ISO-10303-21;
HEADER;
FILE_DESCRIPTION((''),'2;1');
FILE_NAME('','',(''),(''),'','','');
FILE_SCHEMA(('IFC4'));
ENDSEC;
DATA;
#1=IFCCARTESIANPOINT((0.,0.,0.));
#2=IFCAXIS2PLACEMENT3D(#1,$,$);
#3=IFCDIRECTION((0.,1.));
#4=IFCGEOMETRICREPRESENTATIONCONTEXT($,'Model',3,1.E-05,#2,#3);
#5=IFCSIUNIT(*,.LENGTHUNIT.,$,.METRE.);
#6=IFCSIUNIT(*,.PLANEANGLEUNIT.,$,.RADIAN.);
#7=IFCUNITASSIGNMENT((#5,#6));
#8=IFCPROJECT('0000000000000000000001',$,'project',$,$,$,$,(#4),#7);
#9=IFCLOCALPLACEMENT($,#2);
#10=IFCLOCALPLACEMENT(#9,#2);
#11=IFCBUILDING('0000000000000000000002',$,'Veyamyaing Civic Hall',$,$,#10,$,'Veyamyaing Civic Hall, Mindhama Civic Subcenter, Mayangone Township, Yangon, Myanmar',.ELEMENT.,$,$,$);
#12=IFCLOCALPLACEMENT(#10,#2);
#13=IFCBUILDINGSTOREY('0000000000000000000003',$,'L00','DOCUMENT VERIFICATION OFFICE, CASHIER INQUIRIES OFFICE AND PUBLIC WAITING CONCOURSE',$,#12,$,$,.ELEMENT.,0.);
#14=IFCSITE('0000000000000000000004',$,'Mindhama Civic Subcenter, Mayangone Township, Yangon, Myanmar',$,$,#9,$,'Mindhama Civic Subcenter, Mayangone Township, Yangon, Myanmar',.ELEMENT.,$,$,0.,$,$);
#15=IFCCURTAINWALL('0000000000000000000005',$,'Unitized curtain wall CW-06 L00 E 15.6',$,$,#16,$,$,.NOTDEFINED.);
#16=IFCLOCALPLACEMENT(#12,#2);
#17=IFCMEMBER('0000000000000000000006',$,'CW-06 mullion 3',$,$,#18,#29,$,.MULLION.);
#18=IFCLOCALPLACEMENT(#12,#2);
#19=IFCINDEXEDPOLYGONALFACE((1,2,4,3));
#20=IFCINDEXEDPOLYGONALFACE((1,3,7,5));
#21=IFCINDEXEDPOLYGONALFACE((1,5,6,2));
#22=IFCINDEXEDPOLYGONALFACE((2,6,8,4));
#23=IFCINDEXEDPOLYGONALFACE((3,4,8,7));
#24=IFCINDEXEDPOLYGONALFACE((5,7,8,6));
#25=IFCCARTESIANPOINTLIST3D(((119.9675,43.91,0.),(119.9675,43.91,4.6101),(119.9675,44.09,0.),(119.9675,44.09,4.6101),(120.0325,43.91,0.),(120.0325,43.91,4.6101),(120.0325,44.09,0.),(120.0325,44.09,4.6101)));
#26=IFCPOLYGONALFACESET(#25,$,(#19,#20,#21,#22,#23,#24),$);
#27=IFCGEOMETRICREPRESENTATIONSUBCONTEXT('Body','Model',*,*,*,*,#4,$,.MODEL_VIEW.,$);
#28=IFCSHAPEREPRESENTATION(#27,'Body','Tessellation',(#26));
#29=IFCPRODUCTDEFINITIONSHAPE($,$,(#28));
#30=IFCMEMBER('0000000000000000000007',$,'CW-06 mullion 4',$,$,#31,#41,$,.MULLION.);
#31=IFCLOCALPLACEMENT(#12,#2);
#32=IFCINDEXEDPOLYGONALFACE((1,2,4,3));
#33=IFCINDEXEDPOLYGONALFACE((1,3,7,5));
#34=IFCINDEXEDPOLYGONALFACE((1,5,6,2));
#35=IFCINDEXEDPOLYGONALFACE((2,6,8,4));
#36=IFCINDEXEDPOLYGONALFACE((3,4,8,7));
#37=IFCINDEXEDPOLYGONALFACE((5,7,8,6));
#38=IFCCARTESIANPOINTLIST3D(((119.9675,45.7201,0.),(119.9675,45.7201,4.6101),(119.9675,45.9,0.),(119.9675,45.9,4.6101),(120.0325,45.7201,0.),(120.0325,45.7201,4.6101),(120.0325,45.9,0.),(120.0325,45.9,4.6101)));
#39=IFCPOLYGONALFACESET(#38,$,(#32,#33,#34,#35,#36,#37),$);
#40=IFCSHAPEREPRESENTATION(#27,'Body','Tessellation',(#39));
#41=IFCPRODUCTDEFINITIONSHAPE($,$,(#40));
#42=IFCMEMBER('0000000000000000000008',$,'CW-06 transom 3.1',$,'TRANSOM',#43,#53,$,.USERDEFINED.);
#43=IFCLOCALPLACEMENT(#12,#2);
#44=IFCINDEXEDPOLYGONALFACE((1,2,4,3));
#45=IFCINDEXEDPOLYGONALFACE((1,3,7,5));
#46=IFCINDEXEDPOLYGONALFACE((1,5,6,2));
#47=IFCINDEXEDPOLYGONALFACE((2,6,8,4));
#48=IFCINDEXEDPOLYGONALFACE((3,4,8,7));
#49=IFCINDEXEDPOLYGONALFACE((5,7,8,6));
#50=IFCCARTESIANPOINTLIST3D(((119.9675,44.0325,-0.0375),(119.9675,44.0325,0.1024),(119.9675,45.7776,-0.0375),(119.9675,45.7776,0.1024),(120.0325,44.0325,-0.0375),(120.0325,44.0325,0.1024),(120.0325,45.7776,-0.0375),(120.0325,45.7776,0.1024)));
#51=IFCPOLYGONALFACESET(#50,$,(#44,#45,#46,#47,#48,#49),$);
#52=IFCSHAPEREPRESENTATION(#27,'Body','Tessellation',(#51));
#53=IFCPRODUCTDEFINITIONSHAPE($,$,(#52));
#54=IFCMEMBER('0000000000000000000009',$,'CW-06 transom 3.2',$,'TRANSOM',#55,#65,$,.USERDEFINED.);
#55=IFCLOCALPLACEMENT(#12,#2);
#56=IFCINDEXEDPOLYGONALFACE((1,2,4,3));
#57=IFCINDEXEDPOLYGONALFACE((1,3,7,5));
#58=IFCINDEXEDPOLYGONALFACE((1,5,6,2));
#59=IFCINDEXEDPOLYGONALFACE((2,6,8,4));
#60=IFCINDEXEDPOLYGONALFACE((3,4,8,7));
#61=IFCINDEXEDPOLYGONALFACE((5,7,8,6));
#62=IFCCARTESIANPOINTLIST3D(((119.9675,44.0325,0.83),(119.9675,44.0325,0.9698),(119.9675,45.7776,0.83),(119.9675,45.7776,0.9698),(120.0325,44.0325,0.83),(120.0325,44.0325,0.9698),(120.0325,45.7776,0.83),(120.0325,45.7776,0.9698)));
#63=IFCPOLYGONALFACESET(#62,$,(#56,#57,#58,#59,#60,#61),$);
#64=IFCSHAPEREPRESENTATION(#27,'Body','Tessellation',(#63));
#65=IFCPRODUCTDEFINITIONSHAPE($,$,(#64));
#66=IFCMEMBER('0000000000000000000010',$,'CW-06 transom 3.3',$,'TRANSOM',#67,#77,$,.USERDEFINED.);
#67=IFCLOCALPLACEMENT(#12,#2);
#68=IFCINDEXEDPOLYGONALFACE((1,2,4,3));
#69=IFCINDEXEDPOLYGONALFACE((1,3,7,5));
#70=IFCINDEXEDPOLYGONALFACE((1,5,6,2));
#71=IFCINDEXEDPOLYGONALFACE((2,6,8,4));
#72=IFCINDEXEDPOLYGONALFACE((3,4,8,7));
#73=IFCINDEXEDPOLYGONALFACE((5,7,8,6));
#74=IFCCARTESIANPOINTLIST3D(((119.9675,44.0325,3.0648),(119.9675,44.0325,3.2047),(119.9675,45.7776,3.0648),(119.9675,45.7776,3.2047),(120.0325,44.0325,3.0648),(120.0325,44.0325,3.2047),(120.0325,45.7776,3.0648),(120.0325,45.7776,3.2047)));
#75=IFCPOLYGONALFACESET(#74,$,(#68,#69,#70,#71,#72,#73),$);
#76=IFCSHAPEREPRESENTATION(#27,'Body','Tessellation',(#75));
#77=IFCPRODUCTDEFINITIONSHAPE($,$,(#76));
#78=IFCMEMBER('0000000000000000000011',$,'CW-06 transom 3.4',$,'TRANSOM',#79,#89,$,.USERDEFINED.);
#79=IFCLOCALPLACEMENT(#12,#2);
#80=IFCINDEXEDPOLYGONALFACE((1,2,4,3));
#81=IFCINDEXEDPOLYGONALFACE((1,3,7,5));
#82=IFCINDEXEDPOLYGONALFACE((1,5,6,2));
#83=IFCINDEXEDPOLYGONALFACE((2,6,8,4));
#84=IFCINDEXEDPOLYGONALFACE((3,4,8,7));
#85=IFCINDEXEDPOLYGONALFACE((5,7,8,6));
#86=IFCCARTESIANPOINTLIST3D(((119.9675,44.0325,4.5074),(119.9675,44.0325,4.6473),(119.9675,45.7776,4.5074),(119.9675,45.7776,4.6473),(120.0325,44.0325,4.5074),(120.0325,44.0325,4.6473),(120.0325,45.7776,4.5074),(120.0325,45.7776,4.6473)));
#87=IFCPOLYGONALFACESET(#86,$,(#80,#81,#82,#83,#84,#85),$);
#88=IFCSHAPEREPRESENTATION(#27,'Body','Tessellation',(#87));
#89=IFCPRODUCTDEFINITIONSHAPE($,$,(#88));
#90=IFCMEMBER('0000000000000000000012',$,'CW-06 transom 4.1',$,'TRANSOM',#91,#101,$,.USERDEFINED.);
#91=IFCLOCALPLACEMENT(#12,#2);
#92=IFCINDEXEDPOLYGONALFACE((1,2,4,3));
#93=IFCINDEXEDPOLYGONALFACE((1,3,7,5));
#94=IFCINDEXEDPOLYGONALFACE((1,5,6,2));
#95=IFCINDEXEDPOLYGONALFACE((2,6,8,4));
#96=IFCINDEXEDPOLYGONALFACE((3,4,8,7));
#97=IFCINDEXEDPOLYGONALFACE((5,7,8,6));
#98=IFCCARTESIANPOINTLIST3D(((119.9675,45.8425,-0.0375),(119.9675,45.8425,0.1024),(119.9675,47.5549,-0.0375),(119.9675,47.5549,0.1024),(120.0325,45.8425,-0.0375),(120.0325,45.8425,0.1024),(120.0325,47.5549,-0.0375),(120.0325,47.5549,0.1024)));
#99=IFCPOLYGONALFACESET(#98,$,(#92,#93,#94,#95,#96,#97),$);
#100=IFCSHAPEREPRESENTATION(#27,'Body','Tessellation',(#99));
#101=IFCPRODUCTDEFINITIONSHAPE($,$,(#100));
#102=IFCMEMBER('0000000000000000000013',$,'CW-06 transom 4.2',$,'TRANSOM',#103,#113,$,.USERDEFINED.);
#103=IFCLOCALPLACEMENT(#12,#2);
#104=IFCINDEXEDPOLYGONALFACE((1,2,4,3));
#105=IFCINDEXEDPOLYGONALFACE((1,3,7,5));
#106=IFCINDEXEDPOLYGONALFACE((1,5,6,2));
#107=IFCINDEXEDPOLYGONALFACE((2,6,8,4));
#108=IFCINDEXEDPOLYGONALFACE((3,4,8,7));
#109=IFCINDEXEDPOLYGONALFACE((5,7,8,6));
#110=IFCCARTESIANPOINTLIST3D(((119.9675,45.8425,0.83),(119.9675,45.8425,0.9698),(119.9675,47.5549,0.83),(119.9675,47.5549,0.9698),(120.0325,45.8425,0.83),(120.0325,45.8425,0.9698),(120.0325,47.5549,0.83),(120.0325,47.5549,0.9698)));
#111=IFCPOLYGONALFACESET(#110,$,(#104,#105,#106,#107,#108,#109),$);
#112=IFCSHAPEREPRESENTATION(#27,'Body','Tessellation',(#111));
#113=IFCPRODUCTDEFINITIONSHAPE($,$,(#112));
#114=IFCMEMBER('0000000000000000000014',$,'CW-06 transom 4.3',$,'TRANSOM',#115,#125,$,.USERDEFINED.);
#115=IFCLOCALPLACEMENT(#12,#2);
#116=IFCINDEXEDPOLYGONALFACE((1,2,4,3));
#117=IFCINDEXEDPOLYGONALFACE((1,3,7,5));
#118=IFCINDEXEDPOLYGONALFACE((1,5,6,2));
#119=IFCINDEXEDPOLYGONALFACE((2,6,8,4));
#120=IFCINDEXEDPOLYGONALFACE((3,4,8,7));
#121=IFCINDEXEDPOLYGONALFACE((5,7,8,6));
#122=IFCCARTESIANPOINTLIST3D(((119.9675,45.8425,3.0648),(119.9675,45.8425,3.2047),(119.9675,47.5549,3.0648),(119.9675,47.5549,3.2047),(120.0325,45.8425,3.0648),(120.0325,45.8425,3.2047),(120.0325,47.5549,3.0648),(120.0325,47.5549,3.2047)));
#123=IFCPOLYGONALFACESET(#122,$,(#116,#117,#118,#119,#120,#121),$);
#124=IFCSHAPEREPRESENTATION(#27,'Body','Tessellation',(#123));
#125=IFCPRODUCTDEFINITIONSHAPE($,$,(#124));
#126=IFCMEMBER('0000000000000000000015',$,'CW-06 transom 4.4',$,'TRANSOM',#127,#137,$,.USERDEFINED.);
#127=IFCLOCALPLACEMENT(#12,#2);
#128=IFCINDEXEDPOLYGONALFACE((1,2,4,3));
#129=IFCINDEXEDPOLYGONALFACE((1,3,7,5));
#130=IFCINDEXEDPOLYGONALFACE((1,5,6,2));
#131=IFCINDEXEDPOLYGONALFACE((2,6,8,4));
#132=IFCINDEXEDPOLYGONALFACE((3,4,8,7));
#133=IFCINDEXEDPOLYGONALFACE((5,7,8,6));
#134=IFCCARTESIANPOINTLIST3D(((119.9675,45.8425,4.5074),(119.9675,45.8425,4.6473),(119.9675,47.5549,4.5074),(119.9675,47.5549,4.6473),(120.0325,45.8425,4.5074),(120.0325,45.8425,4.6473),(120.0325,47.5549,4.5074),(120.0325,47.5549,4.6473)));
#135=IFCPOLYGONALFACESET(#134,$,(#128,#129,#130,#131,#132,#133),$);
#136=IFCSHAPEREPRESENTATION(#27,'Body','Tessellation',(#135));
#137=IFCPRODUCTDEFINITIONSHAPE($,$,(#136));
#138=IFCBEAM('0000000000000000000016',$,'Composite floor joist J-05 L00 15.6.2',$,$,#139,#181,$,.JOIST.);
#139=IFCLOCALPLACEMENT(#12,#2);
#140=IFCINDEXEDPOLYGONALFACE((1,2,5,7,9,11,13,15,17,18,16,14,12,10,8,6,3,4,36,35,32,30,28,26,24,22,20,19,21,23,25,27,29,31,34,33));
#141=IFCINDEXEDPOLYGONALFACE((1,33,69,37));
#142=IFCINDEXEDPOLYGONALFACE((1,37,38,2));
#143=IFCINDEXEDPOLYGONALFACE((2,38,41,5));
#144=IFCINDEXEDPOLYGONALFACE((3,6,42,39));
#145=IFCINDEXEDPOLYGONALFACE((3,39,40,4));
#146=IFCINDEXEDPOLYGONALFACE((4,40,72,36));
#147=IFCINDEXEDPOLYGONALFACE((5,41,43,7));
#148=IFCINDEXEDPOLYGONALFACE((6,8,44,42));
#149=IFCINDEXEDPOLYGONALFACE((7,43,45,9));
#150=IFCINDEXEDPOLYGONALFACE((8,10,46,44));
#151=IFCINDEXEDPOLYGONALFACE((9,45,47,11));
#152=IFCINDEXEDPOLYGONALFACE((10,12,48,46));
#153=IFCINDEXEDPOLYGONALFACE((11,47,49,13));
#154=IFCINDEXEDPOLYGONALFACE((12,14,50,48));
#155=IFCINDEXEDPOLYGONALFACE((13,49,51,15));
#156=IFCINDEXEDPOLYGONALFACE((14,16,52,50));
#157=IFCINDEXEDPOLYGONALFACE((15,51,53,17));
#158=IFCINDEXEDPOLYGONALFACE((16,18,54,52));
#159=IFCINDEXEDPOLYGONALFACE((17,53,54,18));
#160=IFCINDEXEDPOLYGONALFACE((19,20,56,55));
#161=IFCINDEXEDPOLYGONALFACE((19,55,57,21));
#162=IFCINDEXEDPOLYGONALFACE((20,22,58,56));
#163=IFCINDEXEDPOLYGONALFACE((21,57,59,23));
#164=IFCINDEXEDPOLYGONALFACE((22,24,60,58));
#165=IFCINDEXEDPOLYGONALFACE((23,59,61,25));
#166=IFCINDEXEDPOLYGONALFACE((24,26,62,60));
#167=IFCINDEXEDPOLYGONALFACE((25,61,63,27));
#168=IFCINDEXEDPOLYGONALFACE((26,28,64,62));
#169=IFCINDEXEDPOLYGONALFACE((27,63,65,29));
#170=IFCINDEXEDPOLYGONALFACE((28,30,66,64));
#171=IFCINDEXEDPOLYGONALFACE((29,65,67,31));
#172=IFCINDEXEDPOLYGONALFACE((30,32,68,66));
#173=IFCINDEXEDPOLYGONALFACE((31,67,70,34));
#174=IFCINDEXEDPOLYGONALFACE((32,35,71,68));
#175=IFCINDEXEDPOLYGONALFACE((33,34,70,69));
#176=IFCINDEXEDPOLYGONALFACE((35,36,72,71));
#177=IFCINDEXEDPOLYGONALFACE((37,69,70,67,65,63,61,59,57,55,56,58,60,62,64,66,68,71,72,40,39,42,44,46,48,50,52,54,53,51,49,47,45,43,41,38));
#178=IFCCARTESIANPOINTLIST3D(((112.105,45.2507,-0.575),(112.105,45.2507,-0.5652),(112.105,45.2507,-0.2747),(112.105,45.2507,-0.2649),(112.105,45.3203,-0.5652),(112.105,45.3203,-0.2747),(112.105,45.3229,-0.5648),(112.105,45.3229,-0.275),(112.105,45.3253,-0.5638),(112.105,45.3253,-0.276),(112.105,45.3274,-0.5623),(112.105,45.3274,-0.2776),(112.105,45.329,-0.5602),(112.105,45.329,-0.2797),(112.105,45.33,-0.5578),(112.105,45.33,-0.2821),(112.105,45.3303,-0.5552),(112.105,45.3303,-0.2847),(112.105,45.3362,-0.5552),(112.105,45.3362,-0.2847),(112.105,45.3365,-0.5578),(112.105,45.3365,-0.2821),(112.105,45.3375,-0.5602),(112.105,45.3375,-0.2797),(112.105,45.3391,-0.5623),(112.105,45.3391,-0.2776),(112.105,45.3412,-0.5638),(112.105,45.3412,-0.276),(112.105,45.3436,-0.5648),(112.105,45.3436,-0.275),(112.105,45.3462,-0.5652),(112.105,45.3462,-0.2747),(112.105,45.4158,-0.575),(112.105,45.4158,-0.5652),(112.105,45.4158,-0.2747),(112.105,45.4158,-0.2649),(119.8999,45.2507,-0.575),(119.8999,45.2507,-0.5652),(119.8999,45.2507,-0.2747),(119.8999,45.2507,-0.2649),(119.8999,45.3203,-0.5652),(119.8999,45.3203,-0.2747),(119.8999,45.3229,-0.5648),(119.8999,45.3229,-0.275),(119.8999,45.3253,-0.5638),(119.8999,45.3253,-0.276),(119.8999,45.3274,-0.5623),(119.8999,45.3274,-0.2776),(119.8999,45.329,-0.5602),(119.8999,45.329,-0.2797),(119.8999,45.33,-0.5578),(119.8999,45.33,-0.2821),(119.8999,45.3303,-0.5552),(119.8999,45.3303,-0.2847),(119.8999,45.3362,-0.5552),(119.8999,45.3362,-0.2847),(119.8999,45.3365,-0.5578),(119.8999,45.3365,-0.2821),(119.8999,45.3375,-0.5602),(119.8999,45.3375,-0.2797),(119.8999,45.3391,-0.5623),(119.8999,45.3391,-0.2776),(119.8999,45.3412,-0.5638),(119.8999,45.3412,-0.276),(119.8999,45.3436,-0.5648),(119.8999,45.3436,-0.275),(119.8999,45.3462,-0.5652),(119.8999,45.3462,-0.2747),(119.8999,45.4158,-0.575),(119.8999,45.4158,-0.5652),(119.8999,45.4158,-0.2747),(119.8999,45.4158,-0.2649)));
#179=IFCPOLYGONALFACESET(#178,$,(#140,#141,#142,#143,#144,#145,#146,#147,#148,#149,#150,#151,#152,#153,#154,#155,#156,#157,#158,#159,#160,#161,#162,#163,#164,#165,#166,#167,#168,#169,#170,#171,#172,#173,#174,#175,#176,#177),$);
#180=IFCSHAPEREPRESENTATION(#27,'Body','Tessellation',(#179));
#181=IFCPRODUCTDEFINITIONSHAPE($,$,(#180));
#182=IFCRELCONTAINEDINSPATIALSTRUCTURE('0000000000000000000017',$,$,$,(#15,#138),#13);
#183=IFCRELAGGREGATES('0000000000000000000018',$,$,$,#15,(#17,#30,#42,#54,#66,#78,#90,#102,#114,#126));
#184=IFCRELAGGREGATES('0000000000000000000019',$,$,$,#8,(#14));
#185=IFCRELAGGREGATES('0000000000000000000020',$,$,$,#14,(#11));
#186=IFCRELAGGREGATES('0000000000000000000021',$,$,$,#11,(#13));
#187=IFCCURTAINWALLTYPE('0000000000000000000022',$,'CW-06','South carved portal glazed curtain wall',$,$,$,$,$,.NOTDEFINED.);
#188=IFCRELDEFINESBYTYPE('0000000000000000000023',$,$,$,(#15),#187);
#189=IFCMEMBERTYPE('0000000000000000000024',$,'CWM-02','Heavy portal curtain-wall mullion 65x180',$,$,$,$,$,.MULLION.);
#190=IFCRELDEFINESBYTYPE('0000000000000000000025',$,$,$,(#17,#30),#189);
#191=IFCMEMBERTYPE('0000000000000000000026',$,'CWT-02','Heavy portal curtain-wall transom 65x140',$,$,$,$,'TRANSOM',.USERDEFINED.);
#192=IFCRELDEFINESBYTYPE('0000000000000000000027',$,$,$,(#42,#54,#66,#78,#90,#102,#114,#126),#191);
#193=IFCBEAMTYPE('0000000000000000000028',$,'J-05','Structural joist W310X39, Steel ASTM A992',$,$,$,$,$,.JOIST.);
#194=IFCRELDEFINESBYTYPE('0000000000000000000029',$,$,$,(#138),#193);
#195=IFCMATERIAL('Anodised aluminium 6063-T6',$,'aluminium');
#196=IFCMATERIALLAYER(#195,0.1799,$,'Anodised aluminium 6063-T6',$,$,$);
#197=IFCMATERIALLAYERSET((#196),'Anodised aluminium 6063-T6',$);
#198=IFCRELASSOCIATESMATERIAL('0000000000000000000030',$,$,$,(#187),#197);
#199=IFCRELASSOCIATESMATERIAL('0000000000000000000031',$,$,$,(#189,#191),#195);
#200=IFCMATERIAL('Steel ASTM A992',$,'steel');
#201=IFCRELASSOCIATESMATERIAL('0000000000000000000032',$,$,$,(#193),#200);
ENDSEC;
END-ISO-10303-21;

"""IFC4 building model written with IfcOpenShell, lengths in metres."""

from ifc_helpers import new_model, si_unit, direction, frame, origin, origin_2d, place, context, subcontext, project, spatial, rectangle, i_section, extrude, material, layer, layer_set, material_profile, profile_set, type_object, element, aggregate, save


model = new_model("IFC4")

# Units and contexts
model_context = context("Model", 3, precision=1e-05, world=origin(), true_north=direction((0.0, 1.0)))
body_context = subcontext(model_context, "Body", "Model", "MODEL_VIEW")
ifc_project = project(units=[si_unit("LENGTHUNIT", "METRE"), si_unit("PLANEANGLEUNIT", "RADIAN")], contexts=[model_context])

# Site, building, storey
site_placement = place(None, origin())
site = spatial("IfcSite", under=ifc_project, at=site_placement, Name="Mindhama Civic Subcenter, Mayangone Township, Yangon, Myanmar", LongName="Mindhama Civic Subcenter, Mayangone Township, Yangon, Myanmar", CompositionType="ELEMENT", RefElevation=0.0)
building_placement = place(site_placement, origin())
building = spatial("IfcBuilding", under=site, at=building_placement, Name="Veyamyaing Civic Hall", LongName="Veyamyaing Civic Hall, Mindhama Civic Subcenter, Mayangone Township, Yangon, Myanmar", CompositionType="ELEMENT")
storey_placement = place(building_placement, origin())
storey = spatial("IfcBuildingStorey", under=building, at=storey_placement, Name="L00", Description="DOCUMENT VERIFICATION OFFICE, CASHIER INQUIRIES OFFICE AND PUBLIC WAITING CONCOURSE", CompositionType="ELEMENT", Elevation=0.0)

# Curtain wall, members
ifc_material_1 = material(Name="Anodised aluminium 6063-T6", Category="aluminium")
ifc_layer_1 = layer(ifc_material_1, 0.1799, Name="Anodised aluminium 6063-T6")
ifc_layer_set_1 = layer_set([ifc_layer_1], Name="Anodised aluminium 6063-T6")
curtain_wall_type = type_object("IfcCurtainWallType", Name="CW-06", Description="South carved portal glazed curtain wall", PredefinedType="NOTDEFINED", material=ifc_layer_set_1)
curtain_wall_placement = place(storey_placement, origin())
curtain_wall = element("IfcCurtainWall", 1, at=curtain_wall_placement, inside=storey, type_object=curtain_wall_type, Name="Unitized curtain wall CW-06 L00 E 15.6", PredefinedType="NOTDEFINED")
ifc_material_profile_1 = material_profile(ifc_material_1, rectangle(XDim=0.0649, YDim=0.1799, at=origin_2d()), Name="ALU-MUL-65X180")
ifc_profile_set_1 = profile_set([ifc_material_profile_1], Name="Anodised aluminium 6063-T6")
member_type_1 = type_object("IfcMemberType", Name="CWM-02", Description="Heavy portal curtain-wall mullion 65x180", PredefinedType="MULLION", material=ifc_profile_set_1)
member_1_placement = place(storey_placement, frame((120.0, 44.0, 0.0), z_axis=(0.0, 0.0, 1.0), x_axis=(-1.0, 0.0, 0.0)))
member_1 = element("IfcMember", 2, at=member_1_placement, type_object=member_type_1, Name="CW-06 mullion 3", PredefinedType="MULLION", context=body_context, shape_type="SweptSolid", body=[
    extrude(rectangle(XDim=0.0649, YDim=0.1799, at=origin_2d()), origin(), (0.0, 0.0, 1.0), 4.6101),
])
member_2_placement = place(storey_placement, frame((120.0, 45.8101, 0.0), z_axis=(0.0, 0.0, 1.0), x_axis=(-1.0, 0.0, 0.0)))
member_2 = element("IfcMember", 3, at=member_2_placement, type_object=member_type_1, Name="CW-06 mullion 4", PredefinedType="MULLION", context=body_context, shape_type="SweptSolid", body=[
    extrude(rectangle(XDim=0.0649, YDim=0.1799, at=origin_2d()), origin(), (0.0, 0.0, 1.0), 4.6101),
])
ifc_material_profile_2 = material_profile(ifc_material_1, rectangle(XDim=0.0649, YDim=0.1399, at=origin_2d()), Name="ALU-TRN-65X140")
ifc_profile_set_2 = profile_set([ifc_material_profile_2], Name="Anodised aluminium 6063-T6")
member_type_2 = type_object("IfcMemberType", Name="CWT-02", Description="Heavy portal curtain-wall transom 65x140", ElementType="TRANSOM", PredefinedType="USERDEFINED", material=ifc_profile_set_2)
member_3_placement = place(storey_placement, frame((120.0, 44.0325, 0.0325), z_axis=(0.0, 1.0, 0.0), x_axis=(-1.0, 0.0, 0.0)))
member_3 = element("IfcMember", 4, at=member_3_placement, type_object=member_type_2, Name="CW-06 transom 3.1", ObjectType="TRANSOM", PredefinedType="USERDEFINED", context=body_context, shape_type="SweptSolid", body=[
    extrude(rectangle(XDim=0.0649, YDim=0.1399, at=origin_2d()), origin(), (0.0, 0.0, 1.0), 1.7451),
])
member_4_placement = place(storey_placement, frame((120.0, 44.0325, 0.8999), z_axis=(0.0, 1.0, 0.0), x_axis=(-1.0, 0.0, 0.0)))
member_4 = element("IfcMember", 5, at=member_4_placement, type_object=member_type_2, Name="CW-06 transom 3.2", ObjectType="TRANSOM", PredefinedType="USERDEFINED", context=body_context, shape_type="SweptSolid", body=[
    extrude(rectangle(XDim=0.0649, YDim=0.1399, at=origin_2d()), origin(), (0.0, 0.0, 1.0), 1.7451),
])
member_5_placement = place(storey_placement, frame((120.0, 44.0325, 3.1348), z_axis=(0.0, 1.0, 0.0), x_axis=(-1.0, 0.0, 0.0)))
member_5 = element("IfcMember", 6, at=member_5_placement, type_object=member_type_2, Name="CW-06 transom 3.3", ObjectType="TRANSOM", PredefinedType="USERDEFINED", context=body_context, shape_type="SweptSolid", body=[
    extrude(rectangle(XDim=0.0649, YDim=0.1399, at=origin_2d()), origin(), (0.0, 0.0, 1.0), 1.7451),
])
member_6_placement = place(storey_placement, frame((120.0, 44.0325, 4.5774), z_axis=(0.0, 1.0, 0.0), x_axis=(-1.0, 0.0, 0.0)))
member_6 = element("IfcMember", 7, at=member_6_placement, type_object=member_type_2, Name="CW-06 transom 3.4", ObjectType="TRANSOM", PredefinedType="USERDEFINED", context=body_context, shape_type="SweptSolid", body=[
    extrude(rectangle(XDim=0.0649, YDim=0.1399, at=origin_2d()), origin(), (0.0, 0.0, 1.0), 1.7451),
])
member_7_placement = place(storey_placement, frame((120.0, 45.8425, 0.0325), z_axis=(0.0, 1.0, 0.0), x_axis=(-1.0, 0.0, 0.0)))
member_7 = element("IfcMember", 8, at=member_7_placement, type_object=member_type_2, Name="CW-06 transom 4.1", ObjectType="TRANSOM", PredefinedType="USERDEFINED", context=body_context, shape_type="SweptSolid", body=[
    extrude(rectangle(XDim=0.0649, YDim=0.1399, at=origin_2d()), origin(), (0.0, 0.0, 1.0), 1.7124),
])
member_8_placement = place(storey_placement, frame((120.0, 45.8425, 0.8999), z_axis=(0.0, 1.0, 0.0), x_axis=(-1.0, 0.0, 0.0)))
member_8 = element("IfcMember", 9, at=member_8_placement, type_object=member_type_2, Name="CW-06 transom 4.2", ObjectType="TRANSOM", PredefinedType="USERDEFINED", context=body_context, shape_type="SweptSolid", body=[
    extrude(rectangle(XDim=0.0649, YDim=0.1399, at=origin_2d()), origin(), (0.0, 0.0, 1.0), 1.7124),
])
member_9_placement = place(storey_placement, frame((120.0, 45.8425, 3.1348), z_axis=(0.0, 1.0, 0.0), x_axis=(-1.0, 0.0, 0.0)))
member_9 = element("IfcMember", 10, at=member_9_placement, type_object=member_type_2, Name="CW-06 transom 4.3", ObjectType="TRANSOM", PredefinedType="USERDEFINED", context=body_context, shape_type="SweptSolid", body=[
    extrude(rectangle(XDim=0.0649, YDim=0.1399, at=origin_2d()), origin(), (0.0, 0.0, 1.0), 1.7124),
])
member_10_placement = place(storey_placement, frame((120.0, 45.8425, 4.5774), z_axis=(0.0, 1.0, 0.0), x_axis=(-1.0, 0.0, 0.0)))
member_10 = element("IfcMember", 11, at=member_10_placement, type_object=member_type_2, Name="CW-06 transom 4.4", ObjectType="TRANSOM", PredefinedType="USERDEFINED", context=body_context, shape_type="SweptSolid", body=[
    extrude(rectangle(XDim=0.0649, YDim=0.1399, at=origin_2d()), origin(), (0.0, 0.0, 1.0), 1.7124),
])

# Beam
ifc_material_2 = material(Name="Steel ASTM A992", Category="steel")
ifc_material_profile_3 = material_profile(ifc_material_2, i_section(OverallWidth=0.165, OverallDepth=0.3101, WebThickness=0.0059, FlangeThickness=0.0098, FilletRadius=0.01, at=origin_2d()), Name="W310X39")
ifc_profile_set_3 = profile_set([ifc_material_profile_3], Name="Steel ASTM A992")
beam_type = type_object("IfcBeamType", Name="J-05", Description="Structural joist W310X39, Steel ASTM A992", PredefinedType="JOIST", material=ifc_profile_set_3)
beam_placement = place(storey_placement, frame((112.105, 45.3333, -0.4199), z_axis=(1.0, 0.0, 0.0), x_axis=(0.0, 1.0, 0.0)))
element("IfcBeam", 12, at=beam_placement, inside=storey, type_object=beam_type, Name="Composite floor joist J-05 L00 15.6.2", PredefinedType="JOIST", context=body_context, shape_type="SweptSolid", body=[
    extrude(i_section(OverallWidth=0.165, OverallDepth=0.3101, WebThickness=0.0059, FlangeThickness=0.0098, FilletRadius=0.01, at=origin_2d()), origin(), (0.0, 0.0, 1.0), 7.7949),
])

aggregate(curtain_wall, [member_1, member_2, member_3, member_4, member_5, member_6, member_7, member_8, member_9, member_10])

save(model, "model.ifc")
